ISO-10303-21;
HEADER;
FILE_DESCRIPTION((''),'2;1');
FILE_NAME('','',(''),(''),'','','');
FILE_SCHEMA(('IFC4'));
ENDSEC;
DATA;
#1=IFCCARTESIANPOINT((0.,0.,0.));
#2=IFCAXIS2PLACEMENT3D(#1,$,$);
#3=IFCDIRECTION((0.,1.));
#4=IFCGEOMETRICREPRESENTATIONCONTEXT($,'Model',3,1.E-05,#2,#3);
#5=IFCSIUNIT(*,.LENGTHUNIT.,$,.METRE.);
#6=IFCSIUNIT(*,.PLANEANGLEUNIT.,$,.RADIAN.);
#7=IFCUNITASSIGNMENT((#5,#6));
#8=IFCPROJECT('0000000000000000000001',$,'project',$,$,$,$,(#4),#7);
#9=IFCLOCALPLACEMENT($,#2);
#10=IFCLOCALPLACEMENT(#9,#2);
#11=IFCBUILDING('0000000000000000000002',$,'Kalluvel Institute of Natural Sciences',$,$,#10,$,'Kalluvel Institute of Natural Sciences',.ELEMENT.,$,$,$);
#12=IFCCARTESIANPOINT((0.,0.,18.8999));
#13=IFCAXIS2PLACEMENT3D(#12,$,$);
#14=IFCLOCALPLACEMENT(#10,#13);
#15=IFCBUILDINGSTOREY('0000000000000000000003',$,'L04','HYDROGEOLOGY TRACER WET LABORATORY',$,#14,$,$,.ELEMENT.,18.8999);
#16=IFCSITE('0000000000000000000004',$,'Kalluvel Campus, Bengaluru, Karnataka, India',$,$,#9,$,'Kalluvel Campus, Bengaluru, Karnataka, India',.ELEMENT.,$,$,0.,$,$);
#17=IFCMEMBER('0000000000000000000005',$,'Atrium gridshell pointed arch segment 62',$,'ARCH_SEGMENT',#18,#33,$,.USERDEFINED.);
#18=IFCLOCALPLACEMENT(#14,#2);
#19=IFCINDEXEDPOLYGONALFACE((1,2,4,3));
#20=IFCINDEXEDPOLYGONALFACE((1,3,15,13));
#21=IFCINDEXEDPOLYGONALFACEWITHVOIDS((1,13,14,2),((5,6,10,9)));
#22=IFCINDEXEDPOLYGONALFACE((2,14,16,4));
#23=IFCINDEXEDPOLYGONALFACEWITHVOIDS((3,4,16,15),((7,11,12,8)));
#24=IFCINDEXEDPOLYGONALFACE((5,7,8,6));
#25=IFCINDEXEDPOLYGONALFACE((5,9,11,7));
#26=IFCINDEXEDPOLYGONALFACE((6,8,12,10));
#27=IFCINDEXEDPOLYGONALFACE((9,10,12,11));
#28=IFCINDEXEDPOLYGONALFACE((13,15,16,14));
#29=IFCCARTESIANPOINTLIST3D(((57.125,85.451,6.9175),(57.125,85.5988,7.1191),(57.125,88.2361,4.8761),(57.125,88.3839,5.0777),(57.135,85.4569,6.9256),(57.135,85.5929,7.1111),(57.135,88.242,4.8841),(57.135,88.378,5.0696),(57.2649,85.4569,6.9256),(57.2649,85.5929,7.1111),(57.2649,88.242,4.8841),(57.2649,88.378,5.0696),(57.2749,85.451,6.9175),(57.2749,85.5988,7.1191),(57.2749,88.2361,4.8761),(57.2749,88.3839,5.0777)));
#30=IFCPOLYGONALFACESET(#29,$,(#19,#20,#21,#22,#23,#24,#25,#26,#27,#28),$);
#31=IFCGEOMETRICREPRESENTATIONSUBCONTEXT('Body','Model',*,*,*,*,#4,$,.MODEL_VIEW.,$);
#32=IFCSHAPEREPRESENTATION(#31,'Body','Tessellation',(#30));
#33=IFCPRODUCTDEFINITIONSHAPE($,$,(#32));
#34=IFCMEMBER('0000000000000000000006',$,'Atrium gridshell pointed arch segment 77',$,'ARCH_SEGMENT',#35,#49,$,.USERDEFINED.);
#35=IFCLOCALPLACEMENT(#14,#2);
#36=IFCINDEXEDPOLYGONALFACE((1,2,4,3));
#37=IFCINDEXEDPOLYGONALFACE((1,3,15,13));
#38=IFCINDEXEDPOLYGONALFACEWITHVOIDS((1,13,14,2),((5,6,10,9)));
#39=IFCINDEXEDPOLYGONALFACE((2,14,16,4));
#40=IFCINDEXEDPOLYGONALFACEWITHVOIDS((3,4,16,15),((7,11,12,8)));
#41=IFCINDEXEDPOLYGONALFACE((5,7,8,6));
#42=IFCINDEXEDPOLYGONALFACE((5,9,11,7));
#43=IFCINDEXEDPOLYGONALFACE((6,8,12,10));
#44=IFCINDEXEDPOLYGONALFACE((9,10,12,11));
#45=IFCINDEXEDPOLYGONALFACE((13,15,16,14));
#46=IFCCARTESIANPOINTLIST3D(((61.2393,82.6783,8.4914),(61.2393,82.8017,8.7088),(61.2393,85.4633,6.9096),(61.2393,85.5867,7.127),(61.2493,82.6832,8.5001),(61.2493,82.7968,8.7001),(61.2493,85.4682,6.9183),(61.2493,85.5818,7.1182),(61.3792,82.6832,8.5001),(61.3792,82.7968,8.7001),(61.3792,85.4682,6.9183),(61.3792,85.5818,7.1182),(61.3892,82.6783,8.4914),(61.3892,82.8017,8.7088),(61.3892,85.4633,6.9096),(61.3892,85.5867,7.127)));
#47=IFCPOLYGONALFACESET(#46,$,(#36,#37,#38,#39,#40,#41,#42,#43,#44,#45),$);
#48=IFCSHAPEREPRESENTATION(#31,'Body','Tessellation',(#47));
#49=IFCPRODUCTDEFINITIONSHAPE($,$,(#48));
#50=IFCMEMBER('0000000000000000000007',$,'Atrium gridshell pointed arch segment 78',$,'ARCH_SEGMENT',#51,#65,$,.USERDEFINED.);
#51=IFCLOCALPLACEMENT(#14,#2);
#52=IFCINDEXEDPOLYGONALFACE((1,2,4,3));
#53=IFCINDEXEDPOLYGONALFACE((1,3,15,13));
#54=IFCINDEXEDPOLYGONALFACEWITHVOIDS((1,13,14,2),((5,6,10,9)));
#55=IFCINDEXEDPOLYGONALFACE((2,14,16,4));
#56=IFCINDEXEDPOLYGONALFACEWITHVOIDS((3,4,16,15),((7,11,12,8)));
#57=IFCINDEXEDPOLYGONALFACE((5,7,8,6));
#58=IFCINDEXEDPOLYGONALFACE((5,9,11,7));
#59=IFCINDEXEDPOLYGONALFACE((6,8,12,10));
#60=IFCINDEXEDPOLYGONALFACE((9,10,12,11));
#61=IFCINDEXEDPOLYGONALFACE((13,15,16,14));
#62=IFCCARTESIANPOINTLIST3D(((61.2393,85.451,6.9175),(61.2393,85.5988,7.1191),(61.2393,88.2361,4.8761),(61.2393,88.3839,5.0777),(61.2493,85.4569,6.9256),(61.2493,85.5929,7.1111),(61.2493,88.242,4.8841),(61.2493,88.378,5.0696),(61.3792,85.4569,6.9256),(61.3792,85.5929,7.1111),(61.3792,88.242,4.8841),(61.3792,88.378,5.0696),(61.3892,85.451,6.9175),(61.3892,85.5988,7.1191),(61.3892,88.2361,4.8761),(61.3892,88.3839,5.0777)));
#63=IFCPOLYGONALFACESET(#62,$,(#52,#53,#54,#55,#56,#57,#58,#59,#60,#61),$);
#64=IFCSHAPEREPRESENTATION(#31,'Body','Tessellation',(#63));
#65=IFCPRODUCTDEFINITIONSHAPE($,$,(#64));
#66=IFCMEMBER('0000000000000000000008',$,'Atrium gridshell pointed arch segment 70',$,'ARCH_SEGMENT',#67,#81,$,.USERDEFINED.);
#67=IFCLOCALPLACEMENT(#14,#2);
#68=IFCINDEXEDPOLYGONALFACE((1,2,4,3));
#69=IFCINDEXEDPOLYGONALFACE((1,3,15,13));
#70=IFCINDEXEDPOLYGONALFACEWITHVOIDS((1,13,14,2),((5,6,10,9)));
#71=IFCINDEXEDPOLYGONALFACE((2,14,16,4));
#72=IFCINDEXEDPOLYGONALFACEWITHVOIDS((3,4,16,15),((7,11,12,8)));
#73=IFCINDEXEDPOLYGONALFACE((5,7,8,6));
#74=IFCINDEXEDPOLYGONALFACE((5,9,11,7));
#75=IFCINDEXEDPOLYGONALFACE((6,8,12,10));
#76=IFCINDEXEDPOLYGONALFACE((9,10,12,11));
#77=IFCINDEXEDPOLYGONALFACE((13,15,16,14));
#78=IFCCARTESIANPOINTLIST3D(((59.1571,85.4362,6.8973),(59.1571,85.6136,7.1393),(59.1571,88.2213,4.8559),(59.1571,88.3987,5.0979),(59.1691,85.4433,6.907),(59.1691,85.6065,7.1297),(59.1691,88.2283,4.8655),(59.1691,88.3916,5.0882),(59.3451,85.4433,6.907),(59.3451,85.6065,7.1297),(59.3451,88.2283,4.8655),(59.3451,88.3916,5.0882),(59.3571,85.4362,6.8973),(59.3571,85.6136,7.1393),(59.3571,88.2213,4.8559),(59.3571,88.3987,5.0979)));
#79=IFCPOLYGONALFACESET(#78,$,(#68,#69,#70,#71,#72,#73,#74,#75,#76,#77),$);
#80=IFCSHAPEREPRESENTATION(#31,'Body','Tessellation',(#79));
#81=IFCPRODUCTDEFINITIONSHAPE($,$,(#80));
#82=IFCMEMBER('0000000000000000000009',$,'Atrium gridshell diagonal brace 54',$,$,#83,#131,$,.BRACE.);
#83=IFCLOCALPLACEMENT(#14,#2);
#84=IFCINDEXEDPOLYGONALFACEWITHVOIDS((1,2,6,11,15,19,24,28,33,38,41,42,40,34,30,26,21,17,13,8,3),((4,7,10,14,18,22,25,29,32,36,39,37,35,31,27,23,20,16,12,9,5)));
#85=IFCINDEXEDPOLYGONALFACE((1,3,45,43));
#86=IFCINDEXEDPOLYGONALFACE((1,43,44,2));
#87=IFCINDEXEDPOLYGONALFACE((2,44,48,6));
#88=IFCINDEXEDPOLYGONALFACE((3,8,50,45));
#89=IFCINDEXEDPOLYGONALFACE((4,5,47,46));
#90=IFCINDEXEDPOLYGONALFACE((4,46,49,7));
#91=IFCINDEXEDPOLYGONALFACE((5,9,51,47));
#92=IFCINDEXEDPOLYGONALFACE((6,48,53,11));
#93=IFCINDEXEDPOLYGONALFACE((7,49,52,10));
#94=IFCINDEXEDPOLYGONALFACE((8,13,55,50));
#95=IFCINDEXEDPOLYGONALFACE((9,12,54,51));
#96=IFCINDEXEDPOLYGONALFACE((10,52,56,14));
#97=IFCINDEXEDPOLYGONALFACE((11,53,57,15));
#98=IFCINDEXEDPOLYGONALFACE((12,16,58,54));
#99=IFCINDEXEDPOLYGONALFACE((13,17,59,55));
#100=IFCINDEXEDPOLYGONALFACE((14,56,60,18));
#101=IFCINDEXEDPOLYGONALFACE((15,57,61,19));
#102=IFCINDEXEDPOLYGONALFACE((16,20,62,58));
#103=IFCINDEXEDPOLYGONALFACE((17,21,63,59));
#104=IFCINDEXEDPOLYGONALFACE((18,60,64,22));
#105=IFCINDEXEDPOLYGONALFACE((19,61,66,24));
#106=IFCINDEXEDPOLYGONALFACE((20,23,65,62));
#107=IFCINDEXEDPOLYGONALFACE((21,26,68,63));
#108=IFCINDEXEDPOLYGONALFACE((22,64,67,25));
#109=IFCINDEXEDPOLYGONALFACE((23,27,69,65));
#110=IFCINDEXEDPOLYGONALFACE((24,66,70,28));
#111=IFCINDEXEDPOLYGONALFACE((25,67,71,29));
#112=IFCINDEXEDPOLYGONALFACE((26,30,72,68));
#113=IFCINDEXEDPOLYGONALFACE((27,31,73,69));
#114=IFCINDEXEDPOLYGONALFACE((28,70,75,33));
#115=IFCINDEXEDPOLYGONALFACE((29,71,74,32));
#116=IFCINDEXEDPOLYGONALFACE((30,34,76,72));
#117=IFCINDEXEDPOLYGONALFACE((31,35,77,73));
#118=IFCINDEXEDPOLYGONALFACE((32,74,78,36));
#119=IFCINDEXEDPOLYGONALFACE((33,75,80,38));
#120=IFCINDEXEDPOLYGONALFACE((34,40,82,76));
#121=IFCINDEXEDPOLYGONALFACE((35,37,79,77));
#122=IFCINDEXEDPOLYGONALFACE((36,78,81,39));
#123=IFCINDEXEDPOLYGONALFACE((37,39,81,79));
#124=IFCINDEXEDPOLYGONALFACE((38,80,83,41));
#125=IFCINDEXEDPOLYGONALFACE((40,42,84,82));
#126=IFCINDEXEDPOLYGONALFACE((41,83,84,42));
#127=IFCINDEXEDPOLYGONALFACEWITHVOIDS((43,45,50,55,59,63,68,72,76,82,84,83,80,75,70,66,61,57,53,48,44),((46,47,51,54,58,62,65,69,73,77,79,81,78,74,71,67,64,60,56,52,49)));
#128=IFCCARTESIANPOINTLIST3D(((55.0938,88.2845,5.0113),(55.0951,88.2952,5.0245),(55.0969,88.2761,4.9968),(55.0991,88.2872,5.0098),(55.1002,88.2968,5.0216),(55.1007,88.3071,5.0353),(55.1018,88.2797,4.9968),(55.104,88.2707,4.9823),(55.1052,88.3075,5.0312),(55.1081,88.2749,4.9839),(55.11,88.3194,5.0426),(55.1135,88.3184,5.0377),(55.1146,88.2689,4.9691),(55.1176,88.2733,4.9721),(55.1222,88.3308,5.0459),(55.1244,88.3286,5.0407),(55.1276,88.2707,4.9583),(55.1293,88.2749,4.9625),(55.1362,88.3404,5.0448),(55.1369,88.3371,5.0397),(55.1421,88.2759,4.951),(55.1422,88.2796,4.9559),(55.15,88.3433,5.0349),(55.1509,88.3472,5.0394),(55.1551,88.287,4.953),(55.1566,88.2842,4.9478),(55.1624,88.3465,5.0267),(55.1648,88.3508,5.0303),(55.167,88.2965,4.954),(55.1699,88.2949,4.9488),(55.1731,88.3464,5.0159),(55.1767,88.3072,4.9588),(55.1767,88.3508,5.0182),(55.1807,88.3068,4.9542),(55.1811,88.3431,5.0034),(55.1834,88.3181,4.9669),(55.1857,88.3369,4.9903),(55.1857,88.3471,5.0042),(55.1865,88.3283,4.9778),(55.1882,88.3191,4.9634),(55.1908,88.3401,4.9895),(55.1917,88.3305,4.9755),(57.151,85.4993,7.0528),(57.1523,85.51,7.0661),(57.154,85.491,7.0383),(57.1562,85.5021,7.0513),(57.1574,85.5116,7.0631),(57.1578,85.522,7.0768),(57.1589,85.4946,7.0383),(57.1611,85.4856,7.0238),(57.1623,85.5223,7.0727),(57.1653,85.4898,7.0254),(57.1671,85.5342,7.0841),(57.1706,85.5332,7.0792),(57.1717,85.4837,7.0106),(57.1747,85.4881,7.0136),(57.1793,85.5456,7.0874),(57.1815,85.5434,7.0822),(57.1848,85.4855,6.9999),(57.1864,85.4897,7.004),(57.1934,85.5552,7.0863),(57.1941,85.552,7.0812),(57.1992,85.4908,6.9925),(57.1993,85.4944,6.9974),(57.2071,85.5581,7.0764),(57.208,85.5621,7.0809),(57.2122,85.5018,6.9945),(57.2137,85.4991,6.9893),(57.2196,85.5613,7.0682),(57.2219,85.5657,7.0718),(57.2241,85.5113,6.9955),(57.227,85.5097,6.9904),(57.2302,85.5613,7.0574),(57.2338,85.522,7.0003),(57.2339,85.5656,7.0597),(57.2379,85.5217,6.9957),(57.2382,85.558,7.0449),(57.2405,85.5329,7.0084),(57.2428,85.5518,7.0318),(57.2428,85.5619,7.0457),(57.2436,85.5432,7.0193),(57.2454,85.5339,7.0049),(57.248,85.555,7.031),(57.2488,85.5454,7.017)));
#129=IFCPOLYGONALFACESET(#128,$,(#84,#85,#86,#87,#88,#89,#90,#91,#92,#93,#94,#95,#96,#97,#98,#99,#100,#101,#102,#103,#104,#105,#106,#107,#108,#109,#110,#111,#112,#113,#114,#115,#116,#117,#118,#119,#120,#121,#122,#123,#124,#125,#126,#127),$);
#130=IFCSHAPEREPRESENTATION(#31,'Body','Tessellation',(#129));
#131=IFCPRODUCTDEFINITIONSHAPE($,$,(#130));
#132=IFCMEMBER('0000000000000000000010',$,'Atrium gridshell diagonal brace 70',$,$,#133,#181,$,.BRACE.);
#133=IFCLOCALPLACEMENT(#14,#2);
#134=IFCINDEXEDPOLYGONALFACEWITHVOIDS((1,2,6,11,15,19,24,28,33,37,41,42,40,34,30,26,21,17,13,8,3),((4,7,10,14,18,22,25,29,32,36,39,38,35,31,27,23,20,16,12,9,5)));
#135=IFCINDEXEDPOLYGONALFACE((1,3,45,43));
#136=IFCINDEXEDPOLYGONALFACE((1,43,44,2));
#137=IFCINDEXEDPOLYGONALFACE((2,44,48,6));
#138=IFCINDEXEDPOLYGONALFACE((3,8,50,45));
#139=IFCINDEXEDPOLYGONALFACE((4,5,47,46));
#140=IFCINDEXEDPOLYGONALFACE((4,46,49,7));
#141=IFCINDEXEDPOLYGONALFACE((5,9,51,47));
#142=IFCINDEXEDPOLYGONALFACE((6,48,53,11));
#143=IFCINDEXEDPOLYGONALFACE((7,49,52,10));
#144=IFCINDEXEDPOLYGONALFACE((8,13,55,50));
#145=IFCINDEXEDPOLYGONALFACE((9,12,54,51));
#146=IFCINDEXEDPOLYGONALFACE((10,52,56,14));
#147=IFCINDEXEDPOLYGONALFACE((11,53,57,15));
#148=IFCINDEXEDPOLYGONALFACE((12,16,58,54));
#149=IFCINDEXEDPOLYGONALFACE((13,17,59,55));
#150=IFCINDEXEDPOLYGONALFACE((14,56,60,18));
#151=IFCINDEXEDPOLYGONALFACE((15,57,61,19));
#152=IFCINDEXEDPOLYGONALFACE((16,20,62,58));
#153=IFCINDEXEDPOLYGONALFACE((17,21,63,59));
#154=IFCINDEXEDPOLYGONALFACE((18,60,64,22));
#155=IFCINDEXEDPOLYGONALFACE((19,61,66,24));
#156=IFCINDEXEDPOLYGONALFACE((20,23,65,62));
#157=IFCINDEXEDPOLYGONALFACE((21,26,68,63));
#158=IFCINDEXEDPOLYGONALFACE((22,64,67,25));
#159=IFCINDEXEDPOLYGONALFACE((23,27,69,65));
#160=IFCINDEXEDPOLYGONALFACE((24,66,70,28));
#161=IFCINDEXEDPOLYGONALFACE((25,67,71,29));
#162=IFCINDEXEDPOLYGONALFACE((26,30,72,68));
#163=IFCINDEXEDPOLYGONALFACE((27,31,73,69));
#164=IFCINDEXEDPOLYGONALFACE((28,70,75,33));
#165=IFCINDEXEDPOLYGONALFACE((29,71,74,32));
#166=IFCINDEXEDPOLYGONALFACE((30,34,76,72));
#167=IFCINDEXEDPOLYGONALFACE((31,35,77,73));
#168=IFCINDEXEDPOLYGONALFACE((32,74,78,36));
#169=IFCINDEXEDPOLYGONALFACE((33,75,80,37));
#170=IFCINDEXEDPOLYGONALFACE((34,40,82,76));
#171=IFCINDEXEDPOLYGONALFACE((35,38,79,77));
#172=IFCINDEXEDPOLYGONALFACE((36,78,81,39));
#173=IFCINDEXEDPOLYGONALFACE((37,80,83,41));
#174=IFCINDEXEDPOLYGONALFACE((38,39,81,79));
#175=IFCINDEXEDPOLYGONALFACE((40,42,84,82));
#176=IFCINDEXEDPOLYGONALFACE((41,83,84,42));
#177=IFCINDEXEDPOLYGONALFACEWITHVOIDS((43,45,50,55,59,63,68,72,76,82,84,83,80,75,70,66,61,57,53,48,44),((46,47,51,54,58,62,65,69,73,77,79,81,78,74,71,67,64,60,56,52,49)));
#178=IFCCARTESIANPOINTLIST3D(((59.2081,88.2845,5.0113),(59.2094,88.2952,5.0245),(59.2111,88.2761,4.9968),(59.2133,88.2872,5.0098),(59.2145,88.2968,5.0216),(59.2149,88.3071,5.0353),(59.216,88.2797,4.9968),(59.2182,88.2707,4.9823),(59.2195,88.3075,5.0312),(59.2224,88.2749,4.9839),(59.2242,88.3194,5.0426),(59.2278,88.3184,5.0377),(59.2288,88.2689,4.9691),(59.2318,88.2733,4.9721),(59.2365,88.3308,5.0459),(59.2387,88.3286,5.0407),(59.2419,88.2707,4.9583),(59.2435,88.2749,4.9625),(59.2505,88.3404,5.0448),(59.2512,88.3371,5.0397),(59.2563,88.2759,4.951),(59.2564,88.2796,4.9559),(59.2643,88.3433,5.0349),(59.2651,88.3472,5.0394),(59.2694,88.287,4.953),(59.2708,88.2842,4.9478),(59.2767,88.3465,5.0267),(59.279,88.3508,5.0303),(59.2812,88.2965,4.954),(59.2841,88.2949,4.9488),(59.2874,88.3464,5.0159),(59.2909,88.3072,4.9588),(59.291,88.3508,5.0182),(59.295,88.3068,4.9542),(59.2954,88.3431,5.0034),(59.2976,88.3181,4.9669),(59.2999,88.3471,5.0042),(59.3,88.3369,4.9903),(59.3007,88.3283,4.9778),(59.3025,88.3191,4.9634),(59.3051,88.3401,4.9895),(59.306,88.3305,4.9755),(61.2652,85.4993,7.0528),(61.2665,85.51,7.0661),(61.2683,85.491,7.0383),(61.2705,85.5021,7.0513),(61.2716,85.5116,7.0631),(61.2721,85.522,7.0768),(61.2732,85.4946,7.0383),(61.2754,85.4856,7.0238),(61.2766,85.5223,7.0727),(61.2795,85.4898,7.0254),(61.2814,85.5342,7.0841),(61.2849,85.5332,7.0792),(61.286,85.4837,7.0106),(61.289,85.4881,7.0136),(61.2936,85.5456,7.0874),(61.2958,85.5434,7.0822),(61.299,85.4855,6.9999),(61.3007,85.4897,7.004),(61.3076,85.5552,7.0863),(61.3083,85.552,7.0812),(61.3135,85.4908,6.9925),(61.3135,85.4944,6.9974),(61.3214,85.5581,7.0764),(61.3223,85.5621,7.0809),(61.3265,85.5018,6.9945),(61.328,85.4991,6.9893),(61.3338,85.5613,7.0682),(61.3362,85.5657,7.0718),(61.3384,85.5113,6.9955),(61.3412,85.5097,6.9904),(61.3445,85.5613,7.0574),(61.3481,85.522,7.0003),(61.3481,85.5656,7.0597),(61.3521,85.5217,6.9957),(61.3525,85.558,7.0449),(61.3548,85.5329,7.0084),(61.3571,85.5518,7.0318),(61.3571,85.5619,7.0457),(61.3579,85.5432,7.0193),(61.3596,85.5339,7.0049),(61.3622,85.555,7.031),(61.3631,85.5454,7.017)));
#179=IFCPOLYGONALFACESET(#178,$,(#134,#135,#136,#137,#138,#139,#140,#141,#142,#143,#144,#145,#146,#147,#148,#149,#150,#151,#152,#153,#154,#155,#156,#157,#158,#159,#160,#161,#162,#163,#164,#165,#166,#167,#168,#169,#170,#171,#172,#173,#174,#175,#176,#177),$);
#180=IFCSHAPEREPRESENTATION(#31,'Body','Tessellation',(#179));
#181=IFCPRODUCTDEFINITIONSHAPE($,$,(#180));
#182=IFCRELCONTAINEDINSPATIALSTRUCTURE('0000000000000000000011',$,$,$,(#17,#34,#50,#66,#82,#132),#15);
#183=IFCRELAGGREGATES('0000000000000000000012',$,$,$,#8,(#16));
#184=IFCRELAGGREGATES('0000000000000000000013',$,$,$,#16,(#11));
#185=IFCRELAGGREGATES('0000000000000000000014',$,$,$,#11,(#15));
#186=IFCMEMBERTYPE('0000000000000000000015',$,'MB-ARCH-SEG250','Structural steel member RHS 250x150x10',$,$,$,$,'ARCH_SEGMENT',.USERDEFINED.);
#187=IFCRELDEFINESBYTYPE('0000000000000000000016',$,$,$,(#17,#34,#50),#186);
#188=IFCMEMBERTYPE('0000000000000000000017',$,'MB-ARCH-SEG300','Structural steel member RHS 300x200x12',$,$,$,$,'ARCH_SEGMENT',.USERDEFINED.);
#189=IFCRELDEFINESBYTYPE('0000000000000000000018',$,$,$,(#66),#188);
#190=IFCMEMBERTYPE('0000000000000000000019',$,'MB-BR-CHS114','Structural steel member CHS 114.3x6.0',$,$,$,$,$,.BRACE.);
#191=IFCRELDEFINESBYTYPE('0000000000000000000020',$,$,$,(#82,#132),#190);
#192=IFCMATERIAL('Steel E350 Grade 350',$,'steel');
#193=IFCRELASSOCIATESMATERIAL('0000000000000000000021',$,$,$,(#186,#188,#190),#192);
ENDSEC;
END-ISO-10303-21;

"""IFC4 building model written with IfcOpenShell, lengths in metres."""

from ifc_helpers import new_model, si_unit, direction, frame, origin, origin_2d, place, context, subcontext, project, spatial, hollow_rectangle, hollow_circle, extrude, material, material_profile, profile_set, type_object, element, save


model = new_model("IFC4")

# Units and contexts
model_context = context("Model", 3, precision=1e-05, world=origin(), true_north=direction((0.0, 1.0)))
body_context = subcontext(model_context, "Body", "Model", "MODEL_VIEW")
ifc_project = project(units=[si_unit("LENGTHUNIT", "METRE"), si_unit("PLANEANGLEUNIT", "RADIAN")], contexts=[model_context])

# Site, building, storey
site_placement = place(None, origin())
site = spatial("IfcSite", under=ifc_project, at=site_placement, Name="Kalluvel Campus, Bengaluru, Karnataka, India", LongName="Kalluvel Campus, Bengaluru, Karnataka, India", CompositionType="ELEMENT", RefElevation=0.0)
building_placement = place(site_placement, origin())
building = spatial("IfcBuilding", under=site, at=building_placement, Name="Kalluvel Institute of Natural Sciences", LongName="Kalluvel Institute of Natural Sciences", CompositionType="ELEMENT")
storey_placement = place(building_placement, frame((0.0, 0.0, 18.8999)))
storey = spatial("IfcBuildingStorey", under=building, at=storey_placement, Name="L04", Description="HYDROGEOLOGY TRACER WET LABORATORY", CompositionType="ELEMENT", Elevation=18.8999)

# Members
ifc_material_1 = material(Name="Steel E350 Grade 350", Category="steel")
ifc_material_profile_1 = material_profile(ifc_material_1, hollow_rectangle(XDim=0.1499, YDim=0.25, WallThickness=0.01, at=origin_2d()), Name="RHS 250x150x10")
ifc_profile_set_1 = profile_set([ifc_material_profile_1], Name="Steel E350 Grade 350")
member_type_1 = type_object("IfcMemberType", Name="MB-ARCH-SEG250", Description="Structural steel member RHS 250x150x10", ElementType="ARCH_SEGMENT", PredefinedType="USERDEFINED", material=ifc_profile_set_1)
member_1_placement = place(storey_placement, frame((57.2, 85.5249, 7.0183), z_axis=(0.0, 0.806535, -0.591186), x_axis=(-1.0, 0.0, 0.0)))
element("IfcMember", 1, at=member_1_placement, inside=storey, type_object=member_type_1, Name="Atrium gridshell pointed arch segment 62", ObjectType="ARCH_SEGMENT", PredefinedType="USERDEFINED", context=body_context, shape_type="SweptSolid", body=[
    extrude(hollow_rectangle(XDim=0.1499, YDim=0.25, WallThickness=0.01, at=origin_2d()), origin(), (0.0, 0.0, 1.0), 3.4531),
])
member_2_placement = place(storey_placement, frame((61.3142, 82.74, 8.6001), z_axis=(0.0, 0.86953, -0.49388), x_axis=(-1.0, 0.0, 0.0)))
element("IfcMember", 2, at=member_2_placement, inside=storey, type_object=member_type_1, Name="Atrium gridshell pointed arch segment 77", ObjectType="ARCH_SEGMENT", PredefinedType="USERDEFINED", context=body_context, shape_type="SweptSolid", body=[
    extrude(hollow_rectangle(XDim=0.1499, YDim=0.25, WallThickness=0.01, at=origin_2d()), origin(), (0.0, 0.0, 1.0), 3.2029),
])
member_3_placement = place(storey_placement, frame((61.3142, 85.5249, 7.0183), z_axis=(0.0, 0.806535, -0.591186), x_axis=(-1.0, 0.0, 0.0)))
element("IfcMember", 3, at=member_3_placement, inside=storey, type_object=member_type_1, Name="Atrium gridshell pointed arch segment 78", ObjectType="ARCH_SEGMENT", PredefinedType="USERDEFINED", context=body_context, shape_type="SweptSolid", body=[
    extrude(hollow_rectangle(XDim=0.1499, YDim=0.25, WallThickness=0.01, at=origin_2d()), origin(), (0.0, 0.0, 1.0), 3.4531),
])
ifc_material_profile_2 = material_profile(ifc_material_1, hollow_rectangle(XDim=0.2, YDim=0.3, WallThickness=0.012, at=origin_2d()), Name="RHS 300x200x12")
ifc_profile_set_2 = profile_set([ifc_material_profile_2], Name="Steel E350 Grade 350")
member_type_2 = type_object("IfcMemberType", Name="MB-ARCH-SEG300", Description="Structural steel member RHS 300x200x12", ElementType="ARCH_SEGMENT", PredefinedType="USERDEFINED", material=ifc_profile_set_2)
member_4_placement = place(storey_placement, frame((59.2571, 85.5249, 7.0183), z_axis=(0.0, 0.806535, -0.591186), x_axis=(-1.0, 0.0, 0.0)))
element("IfcMember", 4, at=member_4_placement, inside=storey, type_object=member_type_2, Name="Atrium gridshell pointed arch segment 70", ObjectType="ARCH_SEGMENT", PredefinedType="USERDEFINED", context=body_context, shape_type="SweptSolid", body=[
    extrude(hollow_rectangle(XDim=0.2, YDim=0.3, WallThickness=0.012, at=origin_2d()), origin(), (0.0, 0.0, 1.0), 3.4531),
])
ifc_material_profile_3 = material_profile(ifc_material_1, hollow_circle(Radius=0.0571, WallThickness=0.0061, at=origin_2d()), Name="CHS 114.3x6.0")
ifc_profile_set_3 = profile_set([ifc_material_profile_3], Name="Steel E350 Grade 350")
member_type_3 = type_object("IfcMemberType", Name="MB-BR-CHS114", Description="Structural steel member CHS 114.3x6.0", PredefinedType="BRACE", material=ifc_profile_set_3)
for number, where, z_axis, x_axis, name in (
    (5, (57.2, 85.5249, 7.0383), (-0.511784, 0.692906, -0.507896), (-0.804378, -0.594117, 0.0), "Atrium gridshell diagonal brace 54"),
    (6, (61.3142, 85.5249, 7.0383), (-0.511784, 0.692906, -0.507896), (-0.804378, -0.594117, 0.0), "Atrium gridshell diagonal brace 70"),
):
    element("IfcMember", number, at=place(storey_placement, frame(where, z_axis=z_axis, x_axis=x_axis)), inside=storey, type_object=member_type_3, Name=name, PredefinedType="BRACE", context=body_context, shape_type="SweptSolid", body=[
        extrude(hollow_circle(Radius=0.0571, WallThickness=0.0061, at=origin_2d()), origin(), (0.0, 0.0, 1.0), 4.0195),
    ])

save(model, "model.ifc")
